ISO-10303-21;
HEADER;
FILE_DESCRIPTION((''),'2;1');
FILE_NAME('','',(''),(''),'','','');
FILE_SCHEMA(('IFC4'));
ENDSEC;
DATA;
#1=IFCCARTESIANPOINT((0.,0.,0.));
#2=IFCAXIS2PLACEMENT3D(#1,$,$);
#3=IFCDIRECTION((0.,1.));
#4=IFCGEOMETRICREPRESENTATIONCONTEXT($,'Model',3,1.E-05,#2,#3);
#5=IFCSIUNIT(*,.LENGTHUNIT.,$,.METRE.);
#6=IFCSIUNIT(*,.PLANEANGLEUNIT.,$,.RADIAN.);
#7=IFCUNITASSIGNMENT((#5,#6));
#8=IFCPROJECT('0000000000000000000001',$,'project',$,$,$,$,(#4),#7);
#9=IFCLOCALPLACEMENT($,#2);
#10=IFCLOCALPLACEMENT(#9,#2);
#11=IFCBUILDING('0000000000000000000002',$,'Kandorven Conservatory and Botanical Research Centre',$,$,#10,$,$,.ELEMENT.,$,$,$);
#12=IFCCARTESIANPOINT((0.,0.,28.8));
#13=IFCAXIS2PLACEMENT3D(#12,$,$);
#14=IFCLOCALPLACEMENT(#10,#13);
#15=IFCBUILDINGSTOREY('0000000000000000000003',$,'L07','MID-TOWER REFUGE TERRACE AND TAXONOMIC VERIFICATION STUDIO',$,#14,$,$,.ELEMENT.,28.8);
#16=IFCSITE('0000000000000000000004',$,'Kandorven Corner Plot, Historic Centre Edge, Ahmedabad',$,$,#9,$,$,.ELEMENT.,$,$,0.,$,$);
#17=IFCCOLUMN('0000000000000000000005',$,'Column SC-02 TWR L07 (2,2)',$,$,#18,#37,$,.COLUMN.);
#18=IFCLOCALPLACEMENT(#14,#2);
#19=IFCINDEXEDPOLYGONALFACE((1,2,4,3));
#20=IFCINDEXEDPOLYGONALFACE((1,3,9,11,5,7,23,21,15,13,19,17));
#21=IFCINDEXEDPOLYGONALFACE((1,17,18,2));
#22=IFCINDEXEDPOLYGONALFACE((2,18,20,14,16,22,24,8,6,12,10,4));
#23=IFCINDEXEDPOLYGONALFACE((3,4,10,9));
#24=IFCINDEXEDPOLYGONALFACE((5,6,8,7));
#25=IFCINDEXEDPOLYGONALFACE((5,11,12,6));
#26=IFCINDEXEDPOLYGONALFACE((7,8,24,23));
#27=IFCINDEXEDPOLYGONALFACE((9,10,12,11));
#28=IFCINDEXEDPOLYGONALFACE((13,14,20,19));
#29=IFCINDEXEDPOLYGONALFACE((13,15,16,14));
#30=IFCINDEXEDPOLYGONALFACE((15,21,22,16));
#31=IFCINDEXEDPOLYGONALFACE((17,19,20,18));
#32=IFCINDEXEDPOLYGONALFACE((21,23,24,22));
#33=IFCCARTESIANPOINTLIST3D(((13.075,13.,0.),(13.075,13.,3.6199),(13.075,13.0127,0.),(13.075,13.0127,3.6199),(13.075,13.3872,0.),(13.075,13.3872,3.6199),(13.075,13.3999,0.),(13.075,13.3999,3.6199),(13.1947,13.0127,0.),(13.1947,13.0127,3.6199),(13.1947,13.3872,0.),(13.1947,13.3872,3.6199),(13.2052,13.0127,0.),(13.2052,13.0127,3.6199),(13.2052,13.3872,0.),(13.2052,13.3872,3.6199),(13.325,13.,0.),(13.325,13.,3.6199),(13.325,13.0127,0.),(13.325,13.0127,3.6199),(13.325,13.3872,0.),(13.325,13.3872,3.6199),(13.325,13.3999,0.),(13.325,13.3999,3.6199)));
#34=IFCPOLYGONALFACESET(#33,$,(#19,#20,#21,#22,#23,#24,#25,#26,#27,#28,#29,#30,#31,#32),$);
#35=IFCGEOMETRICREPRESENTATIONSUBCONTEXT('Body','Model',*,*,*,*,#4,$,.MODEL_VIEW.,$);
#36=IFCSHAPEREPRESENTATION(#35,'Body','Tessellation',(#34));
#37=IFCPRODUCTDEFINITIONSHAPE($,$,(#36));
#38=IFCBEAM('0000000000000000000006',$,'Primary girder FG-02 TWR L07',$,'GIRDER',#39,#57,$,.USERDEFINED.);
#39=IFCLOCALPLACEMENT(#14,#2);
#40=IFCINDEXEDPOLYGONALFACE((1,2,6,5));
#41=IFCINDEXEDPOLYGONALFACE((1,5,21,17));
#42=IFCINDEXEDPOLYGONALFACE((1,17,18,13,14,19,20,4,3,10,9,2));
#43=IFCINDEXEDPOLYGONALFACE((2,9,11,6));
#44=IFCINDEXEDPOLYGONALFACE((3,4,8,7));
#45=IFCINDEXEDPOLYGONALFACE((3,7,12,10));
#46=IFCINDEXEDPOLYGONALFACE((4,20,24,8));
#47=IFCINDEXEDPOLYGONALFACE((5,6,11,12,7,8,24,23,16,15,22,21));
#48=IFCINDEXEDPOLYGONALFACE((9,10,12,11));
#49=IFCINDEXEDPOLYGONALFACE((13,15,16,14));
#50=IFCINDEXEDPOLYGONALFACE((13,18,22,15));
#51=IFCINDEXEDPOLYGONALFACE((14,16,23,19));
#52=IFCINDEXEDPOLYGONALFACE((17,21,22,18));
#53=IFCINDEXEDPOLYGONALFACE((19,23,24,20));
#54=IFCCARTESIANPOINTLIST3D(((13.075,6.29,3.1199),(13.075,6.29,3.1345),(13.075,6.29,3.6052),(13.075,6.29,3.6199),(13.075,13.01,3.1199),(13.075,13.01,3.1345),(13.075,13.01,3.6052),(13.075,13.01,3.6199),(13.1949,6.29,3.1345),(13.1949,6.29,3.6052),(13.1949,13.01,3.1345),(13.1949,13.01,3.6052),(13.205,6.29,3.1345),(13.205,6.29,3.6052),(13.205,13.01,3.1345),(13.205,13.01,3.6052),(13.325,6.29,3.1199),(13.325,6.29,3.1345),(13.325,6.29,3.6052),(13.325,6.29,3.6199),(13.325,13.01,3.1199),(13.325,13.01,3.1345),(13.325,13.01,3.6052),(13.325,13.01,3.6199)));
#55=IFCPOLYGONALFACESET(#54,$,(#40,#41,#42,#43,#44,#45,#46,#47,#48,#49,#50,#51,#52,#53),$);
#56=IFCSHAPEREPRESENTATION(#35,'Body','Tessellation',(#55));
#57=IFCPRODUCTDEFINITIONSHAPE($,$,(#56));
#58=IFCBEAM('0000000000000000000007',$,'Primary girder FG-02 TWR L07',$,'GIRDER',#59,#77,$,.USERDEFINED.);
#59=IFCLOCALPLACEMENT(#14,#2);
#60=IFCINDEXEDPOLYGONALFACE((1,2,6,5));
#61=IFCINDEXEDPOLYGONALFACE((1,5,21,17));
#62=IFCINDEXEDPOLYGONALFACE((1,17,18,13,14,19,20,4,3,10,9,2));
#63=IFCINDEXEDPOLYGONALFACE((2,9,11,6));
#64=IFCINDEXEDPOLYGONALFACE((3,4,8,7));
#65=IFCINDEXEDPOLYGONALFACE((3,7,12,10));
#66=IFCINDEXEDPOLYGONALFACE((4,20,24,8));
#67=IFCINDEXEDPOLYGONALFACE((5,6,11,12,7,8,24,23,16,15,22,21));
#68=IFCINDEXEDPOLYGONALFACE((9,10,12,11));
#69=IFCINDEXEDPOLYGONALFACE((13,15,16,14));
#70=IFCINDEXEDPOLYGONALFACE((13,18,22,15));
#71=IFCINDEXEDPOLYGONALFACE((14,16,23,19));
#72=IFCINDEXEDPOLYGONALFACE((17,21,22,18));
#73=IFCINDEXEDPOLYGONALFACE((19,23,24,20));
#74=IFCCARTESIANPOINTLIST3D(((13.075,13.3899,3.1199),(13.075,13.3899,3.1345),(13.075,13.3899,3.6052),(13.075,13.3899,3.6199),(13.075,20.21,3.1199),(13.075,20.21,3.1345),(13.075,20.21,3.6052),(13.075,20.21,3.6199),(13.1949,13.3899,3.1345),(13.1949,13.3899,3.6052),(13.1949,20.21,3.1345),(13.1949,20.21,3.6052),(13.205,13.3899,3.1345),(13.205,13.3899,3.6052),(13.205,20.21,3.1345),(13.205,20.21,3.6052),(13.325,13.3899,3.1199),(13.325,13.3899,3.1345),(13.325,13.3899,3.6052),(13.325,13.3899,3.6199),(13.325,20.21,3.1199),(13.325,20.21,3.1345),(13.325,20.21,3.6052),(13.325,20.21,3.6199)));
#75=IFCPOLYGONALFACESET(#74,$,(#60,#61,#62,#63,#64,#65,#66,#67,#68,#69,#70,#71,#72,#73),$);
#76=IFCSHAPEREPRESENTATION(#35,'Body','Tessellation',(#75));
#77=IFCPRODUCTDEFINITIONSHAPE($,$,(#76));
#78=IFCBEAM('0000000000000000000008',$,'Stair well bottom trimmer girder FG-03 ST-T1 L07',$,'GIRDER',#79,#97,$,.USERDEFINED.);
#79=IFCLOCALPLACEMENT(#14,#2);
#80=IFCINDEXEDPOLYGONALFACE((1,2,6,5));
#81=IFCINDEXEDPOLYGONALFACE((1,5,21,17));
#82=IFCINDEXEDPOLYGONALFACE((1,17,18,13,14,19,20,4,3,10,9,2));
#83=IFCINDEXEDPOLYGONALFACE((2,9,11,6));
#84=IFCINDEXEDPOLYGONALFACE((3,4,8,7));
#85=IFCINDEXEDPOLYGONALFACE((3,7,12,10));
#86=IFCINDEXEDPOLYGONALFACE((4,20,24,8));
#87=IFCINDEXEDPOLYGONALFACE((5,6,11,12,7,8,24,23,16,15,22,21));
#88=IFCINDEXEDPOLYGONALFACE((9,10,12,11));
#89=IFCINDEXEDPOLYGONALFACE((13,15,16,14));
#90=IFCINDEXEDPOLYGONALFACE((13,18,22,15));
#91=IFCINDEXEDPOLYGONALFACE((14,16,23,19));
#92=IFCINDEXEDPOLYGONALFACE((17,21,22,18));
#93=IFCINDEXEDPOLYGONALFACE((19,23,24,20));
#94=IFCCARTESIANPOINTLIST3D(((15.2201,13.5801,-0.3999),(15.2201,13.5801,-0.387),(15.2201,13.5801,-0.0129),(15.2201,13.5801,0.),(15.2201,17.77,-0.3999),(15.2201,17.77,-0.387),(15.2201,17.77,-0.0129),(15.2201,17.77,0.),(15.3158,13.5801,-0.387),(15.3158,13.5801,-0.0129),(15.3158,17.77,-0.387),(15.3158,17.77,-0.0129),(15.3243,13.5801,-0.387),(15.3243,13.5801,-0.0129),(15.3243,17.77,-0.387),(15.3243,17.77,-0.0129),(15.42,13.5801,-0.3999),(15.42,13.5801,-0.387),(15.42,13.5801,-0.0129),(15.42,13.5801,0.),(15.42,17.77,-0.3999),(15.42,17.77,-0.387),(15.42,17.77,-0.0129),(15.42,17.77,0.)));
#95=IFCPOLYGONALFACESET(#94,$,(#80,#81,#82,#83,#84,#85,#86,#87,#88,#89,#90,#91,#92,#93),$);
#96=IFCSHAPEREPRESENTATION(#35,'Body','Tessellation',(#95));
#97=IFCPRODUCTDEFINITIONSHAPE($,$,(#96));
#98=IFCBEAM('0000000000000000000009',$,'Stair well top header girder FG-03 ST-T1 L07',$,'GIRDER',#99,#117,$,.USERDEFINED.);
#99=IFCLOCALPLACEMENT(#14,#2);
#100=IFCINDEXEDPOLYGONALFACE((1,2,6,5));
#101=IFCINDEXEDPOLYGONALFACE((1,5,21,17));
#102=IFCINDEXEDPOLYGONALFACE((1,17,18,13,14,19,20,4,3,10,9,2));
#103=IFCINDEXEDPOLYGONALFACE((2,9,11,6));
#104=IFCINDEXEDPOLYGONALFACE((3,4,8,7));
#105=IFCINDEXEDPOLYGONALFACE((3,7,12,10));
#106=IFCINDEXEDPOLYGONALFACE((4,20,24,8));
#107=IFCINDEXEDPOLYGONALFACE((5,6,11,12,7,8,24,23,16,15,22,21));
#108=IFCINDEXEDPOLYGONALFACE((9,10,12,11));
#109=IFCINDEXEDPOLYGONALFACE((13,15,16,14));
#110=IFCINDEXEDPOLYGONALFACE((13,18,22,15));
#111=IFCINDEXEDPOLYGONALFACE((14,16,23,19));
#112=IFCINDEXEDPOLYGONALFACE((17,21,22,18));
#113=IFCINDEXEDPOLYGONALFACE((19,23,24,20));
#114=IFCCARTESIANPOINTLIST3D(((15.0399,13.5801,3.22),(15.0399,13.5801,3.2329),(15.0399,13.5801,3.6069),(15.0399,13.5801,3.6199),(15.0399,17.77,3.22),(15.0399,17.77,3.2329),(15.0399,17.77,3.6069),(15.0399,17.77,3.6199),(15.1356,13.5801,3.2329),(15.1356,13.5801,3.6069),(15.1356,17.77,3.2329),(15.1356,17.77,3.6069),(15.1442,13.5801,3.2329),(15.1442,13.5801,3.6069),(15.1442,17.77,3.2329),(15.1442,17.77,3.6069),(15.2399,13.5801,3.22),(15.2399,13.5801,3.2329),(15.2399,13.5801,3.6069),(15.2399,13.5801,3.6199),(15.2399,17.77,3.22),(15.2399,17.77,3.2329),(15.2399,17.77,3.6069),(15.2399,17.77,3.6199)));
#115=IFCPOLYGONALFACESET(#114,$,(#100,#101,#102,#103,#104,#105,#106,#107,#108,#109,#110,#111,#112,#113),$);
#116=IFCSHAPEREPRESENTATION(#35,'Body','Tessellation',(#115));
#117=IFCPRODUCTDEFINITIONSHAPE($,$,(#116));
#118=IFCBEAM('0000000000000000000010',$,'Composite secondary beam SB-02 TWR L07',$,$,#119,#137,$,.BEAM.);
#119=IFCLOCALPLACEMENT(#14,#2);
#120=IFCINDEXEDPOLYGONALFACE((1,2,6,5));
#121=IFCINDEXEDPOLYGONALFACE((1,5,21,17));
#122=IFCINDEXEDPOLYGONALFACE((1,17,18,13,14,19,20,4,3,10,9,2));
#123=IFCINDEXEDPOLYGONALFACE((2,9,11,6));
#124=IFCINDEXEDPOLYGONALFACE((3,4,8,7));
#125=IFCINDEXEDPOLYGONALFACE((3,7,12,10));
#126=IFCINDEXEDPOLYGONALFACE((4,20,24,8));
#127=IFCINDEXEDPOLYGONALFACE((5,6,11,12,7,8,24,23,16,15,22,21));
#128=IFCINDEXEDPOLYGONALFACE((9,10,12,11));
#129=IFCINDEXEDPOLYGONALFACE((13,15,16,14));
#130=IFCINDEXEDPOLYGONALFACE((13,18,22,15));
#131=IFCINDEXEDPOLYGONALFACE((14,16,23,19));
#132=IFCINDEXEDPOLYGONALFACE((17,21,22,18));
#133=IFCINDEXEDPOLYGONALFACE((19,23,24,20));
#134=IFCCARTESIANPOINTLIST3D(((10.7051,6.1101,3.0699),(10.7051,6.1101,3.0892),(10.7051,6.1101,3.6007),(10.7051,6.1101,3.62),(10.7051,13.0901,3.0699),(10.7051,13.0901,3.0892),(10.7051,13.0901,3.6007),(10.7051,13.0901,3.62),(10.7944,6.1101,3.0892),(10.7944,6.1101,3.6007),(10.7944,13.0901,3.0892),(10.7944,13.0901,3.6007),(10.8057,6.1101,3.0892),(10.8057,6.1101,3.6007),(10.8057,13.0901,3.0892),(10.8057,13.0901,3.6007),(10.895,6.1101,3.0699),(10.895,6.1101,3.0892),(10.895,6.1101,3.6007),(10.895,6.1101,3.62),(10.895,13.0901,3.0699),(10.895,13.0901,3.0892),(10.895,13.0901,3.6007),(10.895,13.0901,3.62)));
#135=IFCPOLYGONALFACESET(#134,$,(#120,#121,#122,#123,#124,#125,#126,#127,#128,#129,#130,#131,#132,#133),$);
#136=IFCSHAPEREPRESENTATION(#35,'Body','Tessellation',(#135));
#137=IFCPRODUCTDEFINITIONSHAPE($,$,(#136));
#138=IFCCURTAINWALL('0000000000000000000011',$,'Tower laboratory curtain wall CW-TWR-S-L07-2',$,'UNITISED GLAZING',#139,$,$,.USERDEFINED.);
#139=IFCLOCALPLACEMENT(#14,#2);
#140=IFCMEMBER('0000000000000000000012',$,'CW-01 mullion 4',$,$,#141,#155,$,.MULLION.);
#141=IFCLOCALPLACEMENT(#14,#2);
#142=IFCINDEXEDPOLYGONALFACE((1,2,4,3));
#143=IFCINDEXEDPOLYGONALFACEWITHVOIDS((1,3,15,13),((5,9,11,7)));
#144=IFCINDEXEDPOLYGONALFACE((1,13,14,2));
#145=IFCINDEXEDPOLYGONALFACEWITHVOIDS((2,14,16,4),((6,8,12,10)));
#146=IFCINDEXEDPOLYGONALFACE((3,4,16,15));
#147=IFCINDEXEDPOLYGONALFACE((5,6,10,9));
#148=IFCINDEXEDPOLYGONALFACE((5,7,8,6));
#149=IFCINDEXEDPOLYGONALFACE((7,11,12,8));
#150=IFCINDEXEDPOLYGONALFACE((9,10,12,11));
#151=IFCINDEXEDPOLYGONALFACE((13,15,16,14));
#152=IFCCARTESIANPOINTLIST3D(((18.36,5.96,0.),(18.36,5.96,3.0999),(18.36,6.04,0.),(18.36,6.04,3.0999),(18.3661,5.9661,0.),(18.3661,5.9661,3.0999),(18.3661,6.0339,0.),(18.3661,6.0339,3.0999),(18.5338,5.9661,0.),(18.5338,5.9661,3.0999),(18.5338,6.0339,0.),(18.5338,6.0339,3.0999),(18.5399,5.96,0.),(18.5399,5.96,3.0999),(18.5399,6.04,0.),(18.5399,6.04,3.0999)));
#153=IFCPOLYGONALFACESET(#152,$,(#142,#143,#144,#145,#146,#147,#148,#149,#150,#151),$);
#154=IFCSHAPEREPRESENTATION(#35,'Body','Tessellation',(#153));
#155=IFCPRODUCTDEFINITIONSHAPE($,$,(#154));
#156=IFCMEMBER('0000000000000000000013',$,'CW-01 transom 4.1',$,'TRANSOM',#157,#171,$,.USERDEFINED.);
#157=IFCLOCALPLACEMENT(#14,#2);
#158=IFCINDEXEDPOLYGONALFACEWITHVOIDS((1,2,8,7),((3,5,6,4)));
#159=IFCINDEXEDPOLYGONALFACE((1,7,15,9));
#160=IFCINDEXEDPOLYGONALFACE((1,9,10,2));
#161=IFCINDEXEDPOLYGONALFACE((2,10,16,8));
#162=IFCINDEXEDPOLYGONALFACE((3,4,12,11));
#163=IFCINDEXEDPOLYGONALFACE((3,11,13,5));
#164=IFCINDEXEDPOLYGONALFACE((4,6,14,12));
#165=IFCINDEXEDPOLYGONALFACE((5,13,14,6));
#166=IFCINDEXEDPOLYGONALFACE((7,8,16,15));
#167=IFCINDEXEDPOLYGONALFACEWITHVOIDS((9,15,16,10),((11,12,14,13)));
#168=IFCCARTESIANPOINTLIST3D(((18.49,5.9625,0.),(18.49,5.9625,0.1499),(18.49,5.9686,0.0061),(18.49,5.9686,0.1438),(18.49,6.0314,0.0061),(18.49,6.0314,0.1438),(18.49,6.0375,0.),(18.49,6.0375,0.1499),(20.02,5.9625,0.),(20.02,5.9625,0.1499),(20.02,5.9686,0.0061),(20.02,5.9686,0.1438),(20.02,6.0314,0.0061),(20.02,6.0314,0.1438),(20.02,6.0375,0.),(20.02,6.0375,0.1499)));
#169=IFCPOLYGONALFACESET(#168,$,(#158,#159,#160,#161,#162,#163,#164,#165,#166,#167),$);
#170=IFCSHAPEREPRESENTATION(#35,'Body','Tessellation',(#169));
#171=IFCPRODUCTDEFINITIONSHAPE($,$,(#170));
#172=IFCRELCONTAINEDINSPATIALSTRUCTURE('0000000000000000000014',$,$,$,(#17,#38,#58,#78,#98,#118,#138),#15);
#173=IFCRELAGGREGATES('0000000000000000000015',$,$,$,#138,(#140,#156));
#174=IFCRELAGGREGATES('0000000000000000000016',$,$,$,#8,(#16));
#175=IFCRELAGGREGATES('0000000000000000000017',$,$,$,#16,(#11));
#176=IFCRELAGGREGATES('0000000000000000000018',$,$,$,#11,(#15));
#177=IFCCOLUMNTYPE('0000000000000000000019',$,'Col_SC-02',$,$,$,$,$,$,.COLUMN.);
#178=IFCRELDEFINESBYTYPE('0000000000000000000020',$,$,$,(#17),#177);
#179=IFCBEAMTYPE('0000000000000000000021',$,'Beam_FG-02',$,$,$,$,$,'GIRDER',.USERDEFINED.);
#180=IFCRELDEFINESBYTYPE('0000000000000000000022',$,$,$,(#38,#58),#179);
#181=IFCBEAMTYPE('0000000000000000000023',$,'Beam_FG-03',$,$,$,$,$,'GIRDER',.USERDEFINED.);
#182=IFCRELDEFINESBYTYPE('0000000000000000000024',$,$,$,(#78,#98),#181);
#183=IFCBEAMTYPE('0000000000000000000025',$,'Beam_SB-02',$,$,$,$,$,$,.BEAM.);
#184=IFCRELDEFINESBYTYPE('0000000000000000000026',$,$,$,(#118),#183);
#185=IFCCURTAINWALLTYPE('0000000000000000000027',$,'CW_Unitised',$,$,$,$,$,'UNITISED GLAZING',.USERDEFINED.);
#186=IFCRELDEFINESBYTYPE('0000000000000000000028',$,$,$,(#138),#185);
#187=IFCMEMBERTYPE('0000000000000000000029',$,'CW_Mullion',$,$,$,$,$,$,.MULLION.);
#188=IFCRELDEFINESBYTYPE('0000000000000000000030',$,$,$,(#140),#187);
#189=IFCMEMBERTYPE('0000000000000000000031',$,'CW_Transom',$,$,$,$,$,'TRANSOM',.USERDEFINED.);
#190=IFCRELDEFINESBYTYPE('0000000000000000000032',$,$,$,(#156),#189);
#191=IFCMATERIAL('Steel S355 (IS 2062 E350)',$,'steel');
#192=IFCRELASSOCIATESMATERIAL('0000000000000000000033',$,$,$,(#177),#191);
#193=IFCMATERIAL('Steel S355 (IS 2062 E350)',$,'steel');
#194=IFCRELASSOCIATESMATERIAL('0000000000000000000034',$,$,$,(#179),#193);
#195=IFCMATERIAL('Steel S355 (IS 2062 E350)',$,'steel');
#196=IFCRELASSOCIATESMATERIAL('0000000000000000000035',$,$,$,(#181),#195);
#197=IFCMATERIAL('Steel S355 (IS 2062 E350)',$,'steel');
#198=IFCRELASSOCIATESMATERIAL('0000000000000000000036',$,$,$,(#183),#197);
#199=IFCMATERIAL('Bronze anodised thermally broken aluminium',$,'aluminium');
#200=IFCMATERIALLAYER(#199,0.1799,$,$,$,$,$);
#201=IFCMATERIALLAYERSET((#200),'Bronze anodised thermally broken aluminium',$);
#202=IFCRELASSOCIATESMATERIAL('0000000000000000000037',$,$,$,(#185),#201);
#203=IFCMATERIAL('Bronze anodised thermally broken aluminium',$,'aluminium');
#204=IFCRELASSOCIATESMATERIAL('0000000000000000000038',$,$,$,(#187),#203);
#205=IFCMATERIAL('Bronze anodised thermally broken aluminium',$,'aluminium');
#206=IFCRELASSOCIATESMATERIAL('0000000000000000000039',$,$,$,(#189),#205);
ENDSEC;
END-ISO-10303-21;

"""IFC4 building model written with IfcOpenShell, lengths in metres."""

from ifc_helpers import new_model, si_unit, direction, frame, origin, origin_2d, place, context, subcontext, project, spatial, hollow_rectangle, i_section, extrude, material, layer, layer_set, material_profile, profile_set, type_object, element, aggregate, save


model = new_model("IFC4")

# Units and contexts
model_context = context("Model", 3, precision=1e-05, world=origin(), true_north=direction((0.0, 1.0)))
body_context = subcontext(model_context, "Body", "Model", "MODEL_VIEW")
ifc_project = project(units=[si_unit("LENGTHUNIT", "METRE"), si_unit("PLANEANGLEUNIT", "RADIAN")], contexts=[model_context])

# Site, building, storey
site_placement = place(None, origin())
site = spatial("IfcSite", under=ifc_project, at=site_placement, Name="Kandorven Corner Plot, Historic Centre Edge, Ahmedabad", CompositionType="ELEMENT", RefElevation=0.0)
building_placement = place(site_placement, origin())
building = spatial("IfcBuilding", under=site, at=building_placement, Name="Kandorven Conservatory and Botanical Research Centre", CompositionType="ELEMENT")
storey_placement = place(building_placement, frame((0.0, 0.0, 28.8)))
storey = spatial("IfcBuildingStorey", under=building, at=storey_placement, Name="L07", Description="MID-TOWER REFUGE TERRACE AND TAXONOMIC VERIFICATION STUDIO", CompositionType="ELEMENT", Elevation=28.8)

# Column
ifc_material_1 = material(Name="Steel S355 (IS 2062 E350)", Category="steel")
ifc_material_profile_1 = material_profile(ifc_material_1, i_section(OverallWidth=0.25, OverallDepth=0.3999, WebThickness=0.0105, FlangeThickness=0.0127, at=origin_2d()))
ifc_profile_set_1 = profile_set([ifc_material_profile_1], Name="Steel S355 (IS 2062 E350)")
column_type = type_object("IfcColumnType", Name="Col_SC-02", PredefinedType="COLUMN", material=ifc_profile_set_1)
column_placement = place(storey_placement, frame((13.2, 13.2, 0.0), z_axis=(0.0, 0.0, 1.0), x_axis=(1.0, 0.0, 0.0)))
element("IfcColumn", 1, at=column_placement, inside=storey, type_object=column_type, Name="Column SC-02 TWR L07 (2,2)", PredefinedType="COLUMN", context=body_context, shape_type="SweptSolid", body=[
    extrude(i_section(OverallWidth=0.25, OverallDepth=0.3999, WebThickness=0.0105, FlangeThickness=0.0127, at=origin_2d()), origin(), (0.0, 0.0, 1.0), 3.6199),
])

# Beams
ifc_material_2 = material(Name="Steel S355 (IS 2062 E350)", Category="steel")
ifc_material_profile_2 = material_profile(ifc_material_2, i_section(OverallWidth=0.25, OverallDepth=0.5, WebThickness=0.01, FlangeThickness=0.0146, at=origin_2d()))
ifc_profile_set_2 = profile_set([ifc_material_profile_2], Name="Steel S355 (IS 2062 E350)")
beam_type_1 = type_object("IfcBeamType", Name="Beam_FG-02", ElementType="GIRDER", PredefinedType="USERDEFINED", material=ifc_profile_set_2)
beam_1_placement = place(storey_placement, frame((13.2, 6.29, 3.3699), z_axis=(0.0, 1.0, 0.0), x_axis=(-1.0, 0.0, 0.0)))
element("IfcBeam", 2, at=beam_1_placement, inside=storey, type_object=beam_type_1, Name="Primary girder FG-02 TWR L07", ObjectType="GIRDER", PredefinedType="USERDEFINED", context=body_context, shape_type="SweptSolid", body=[
    extrude(i_section(OverallWidth=0.25, OverallDepth=0.5, WebThickness=0.01, FlangeThickness=0.0146, at=origin_2d()), origin(), (0.0, 0.0, 1.0), 6.72),
])
beam_2_placement = place(storey_placement, frame((13.2, 13.3899, 3.3699), z_axis=(0.0, 1.0, 0.0), x_axis=(-1.0, 0.0, 0.0)))
element("IfcBeam", 3, at=beam_2_placement, inside=storey, type_object=beam_type_1, Name="Primary girder FG-02 TWR L07", ObjectType="GIRDER", PredefinedType="USERDEFINED", context=body_context, shape_type="SweptSolid", body=[
    extrude(i_section(OverallWidth=0.25, OverallDepth=0.5, WebThickness=0.01, FlangeThickness=0.0146, at=origin_2d()), origin(), (0.0, 0.0, 1.0), 6.8201),
])
ifc_material_3 = material(Name="Steel S355 (IS 2062 E350)", Category="steel")
ifc_material_profile_3 = material_profile(ifc_material_3, i_section(OverallWidth=0.2, OverallDepth=0.3999, WebThickness=0.0085, FlangeThickness=0.0129, at=origin_2d()))
ifc_profile_set_3 = profile_set([ifc_material_profile_3], Name="Steel S355 (IS 2062 E350)")
beam_type_2 = type_object("IfcBeamType", Name="Beam_FG-03", ElementType="GIRDER", PredefinedType="USERDEFINED", material=ifc_profile_set_3)
for number, where, z_axis, x_axis, name in (
    (4, (15.3201, 13.5801, -0.2), (0.0, 1.0, 0.0), (-1.0, 0.0, 0.0), "Stair well bottom trimmer girder FG-03 ST-T1 L07"),
    (5, (15.1399, 13.5801, 3.4199), (0.0, 1.0, 0.0), (-1.0, 0.0, 0.0), "Stair well top header girder FG-03 ST-T1 L07"),
):
    element("IfcBeam", number, at=place(storey_placement, frame(where, z_axis=z_axis, x_axis=x_axis)), inside=storey, type_object=beam_type_2, Name=name, ObjectType="GIRDER", PredefinedType="USERDEFINED", context=body_context, shape_type="SweptSolid", body=[
        extrude(i_section(OverallWidth=0.2, OverallDepth=0.3999, WebThickness=0.0085, FlangeThickness=0.0129, at=origin_2d()), origin(), (0.0, 0.0, 1.0), 4.1899),
    ])
ifc_material_4 = material(Name="Steel S355 (IS 2062 E350)", Category="steel")
ifc_material_profile_4 = material_profile(ifc_material_4, i_section(OverallWidth=0.1899, OverallDepth=0.55, WebThickness=0.0112, FlangeThickness=0.0193, at=origin_2d()))
ifc_profile_set_4 = profile_set([ifc_material_profile_4], Name="Steel S355 (IS 2062 E350)")
beam_type_3 = type_object("IfcBeamType", Name="Beam_SB-02", PredefinedType="BEAM", material=ifc_profile_set_4)
beam_3_placement = place(storey_placement, frame((10.8, 6.1101, 3.345), z_axis=(0.0, 1.0, 0.0), x_axis=(-1.0, 0.0, 0.0)))
element("IfcBeam", 6, at=beam_3_placement, inside=storey, type_object=beam_type_3, Name="Composite secondary beam SB-02 TWR L07", PredefinedType="BEAM", context=body_context, shape_type="SweptSolid", body=[
    extrude(i_section(OverallWidth=0.1899, OverallDepth=0.55, WebThickness=0.0112, FlangeThickness=0.0193, at=origin_2d()), origin(), (0.0, 0.0, 1.0), 6.98),
])

# Curtain wall, members
ifc_material_5 = material(Name="Bronze anodised thermally broken aluminium", Category="aluminium")
ifc_layer_1 = layer(ifc_material_5, 0.1799)
ifc_layer_set_1 = layer_set([ifc_layer_1], Name="Bronze anodised thermally broken aluminium")
curtain_wall_type = type_object("IfcCurtainWallType", Name="CW_Unitised", ElementType="UNITISED GLAZING", PredefinedType="USERDEFINED", material=ifc_layer_set_1)
curtain_wall_placement = place(storey_placement, origin())
curtain_wall = element("IfcCurtainWall", 7, at=curtain_wall_placement, inside=storey, type_object=curtain_wall_type, Name="Tower laboratory curtain wall CW-TWR-S-L07-2", ObjectType="UNITISED GLAZING", PredefinedType="USERDEFINED")
ifc_material_6 = material(Name="Bronze anodised thermally broken aluminium", Category="aluminium")
ifc_material_profile_5 = material_profile(ifc_material_6, hollow_rectangle(XDim=0.0801, YDim=0.1799, WallThickness=0.0061, at=origin_2d()))
ifc_profile_set_5 = profile_set([ifc_material_profile_5], Name="Bronze anodised thermally broken aluminium")
member_type_1 = type_object("IfcMemberType", Name="CW_Mullion", PredefinedType="MULLION", material=ifc_profile_set_5)
member_1_placement = place(storey_placement, frame((18.45, 6.0, 0.0), z_axis=(0.0, 0.0, 1.0), x_axis=(0.0, 1.0, 0.0)))
member_1 = element("IfcMember", 8, at=member_1_placement, type_object=member_type_1, Name="CW-01 mullion 4", PredefinedType="MULLION", context=body_context, shape_type="SweptSolid", body=[
    extrude(hollow_rectangle(XDim=0.0801, YDim=0.1799, WallThickness=0.0061, at=origin_2d()), origin(), (0.0, 0.0, 1.0), 3.0999),
])
ifc_material_7 = material(Name="Bronze anodised thermally broken aluminium", Category="aluminium")
ifc_material_profile_6 = material_profile(ifc_material_7, hollow_rectangle(XDim=0.075, YDim=0.1499, WallThickness=0.0061, at=origin_2d()))
ifc_profile_set_6 = profile_set([ifc_material_profile_6], Name="Bronze anodised thermally broken aluminium")
member_type_2 = type_object("IfcMemberType", Name="CW_Transom", ElementType="TRANSOM", PredefinedType="USERDEFINED", material=ifc_profile_set_6)
member_2_placement = place(storey_placement, frame((18.49, 6.0, 0.075), z_axis=(1.0, 0.0, 0.0), x_axis=(0.0, 1.0, 0.0)))
member_2 = element("IfcMember", 9, at=member_2_placement, type_object=member_type_2, Name="CW-01 transom 4.1", ObjectType="TRANSOM", PredefinedType="USERDEFINED", context=body_context, shape_type="SweptSolid", body=[
    extrude(hollow_rectangle(XDim=0.075, YDim=0.1499, WallThickness=0.0061, at=origin_2d()), origin(), (0.0, 0.0, 1.0), 1.53),
])

aggregate(curtain_wall, [member_1, member_2])

save(model, "model.ifc")
